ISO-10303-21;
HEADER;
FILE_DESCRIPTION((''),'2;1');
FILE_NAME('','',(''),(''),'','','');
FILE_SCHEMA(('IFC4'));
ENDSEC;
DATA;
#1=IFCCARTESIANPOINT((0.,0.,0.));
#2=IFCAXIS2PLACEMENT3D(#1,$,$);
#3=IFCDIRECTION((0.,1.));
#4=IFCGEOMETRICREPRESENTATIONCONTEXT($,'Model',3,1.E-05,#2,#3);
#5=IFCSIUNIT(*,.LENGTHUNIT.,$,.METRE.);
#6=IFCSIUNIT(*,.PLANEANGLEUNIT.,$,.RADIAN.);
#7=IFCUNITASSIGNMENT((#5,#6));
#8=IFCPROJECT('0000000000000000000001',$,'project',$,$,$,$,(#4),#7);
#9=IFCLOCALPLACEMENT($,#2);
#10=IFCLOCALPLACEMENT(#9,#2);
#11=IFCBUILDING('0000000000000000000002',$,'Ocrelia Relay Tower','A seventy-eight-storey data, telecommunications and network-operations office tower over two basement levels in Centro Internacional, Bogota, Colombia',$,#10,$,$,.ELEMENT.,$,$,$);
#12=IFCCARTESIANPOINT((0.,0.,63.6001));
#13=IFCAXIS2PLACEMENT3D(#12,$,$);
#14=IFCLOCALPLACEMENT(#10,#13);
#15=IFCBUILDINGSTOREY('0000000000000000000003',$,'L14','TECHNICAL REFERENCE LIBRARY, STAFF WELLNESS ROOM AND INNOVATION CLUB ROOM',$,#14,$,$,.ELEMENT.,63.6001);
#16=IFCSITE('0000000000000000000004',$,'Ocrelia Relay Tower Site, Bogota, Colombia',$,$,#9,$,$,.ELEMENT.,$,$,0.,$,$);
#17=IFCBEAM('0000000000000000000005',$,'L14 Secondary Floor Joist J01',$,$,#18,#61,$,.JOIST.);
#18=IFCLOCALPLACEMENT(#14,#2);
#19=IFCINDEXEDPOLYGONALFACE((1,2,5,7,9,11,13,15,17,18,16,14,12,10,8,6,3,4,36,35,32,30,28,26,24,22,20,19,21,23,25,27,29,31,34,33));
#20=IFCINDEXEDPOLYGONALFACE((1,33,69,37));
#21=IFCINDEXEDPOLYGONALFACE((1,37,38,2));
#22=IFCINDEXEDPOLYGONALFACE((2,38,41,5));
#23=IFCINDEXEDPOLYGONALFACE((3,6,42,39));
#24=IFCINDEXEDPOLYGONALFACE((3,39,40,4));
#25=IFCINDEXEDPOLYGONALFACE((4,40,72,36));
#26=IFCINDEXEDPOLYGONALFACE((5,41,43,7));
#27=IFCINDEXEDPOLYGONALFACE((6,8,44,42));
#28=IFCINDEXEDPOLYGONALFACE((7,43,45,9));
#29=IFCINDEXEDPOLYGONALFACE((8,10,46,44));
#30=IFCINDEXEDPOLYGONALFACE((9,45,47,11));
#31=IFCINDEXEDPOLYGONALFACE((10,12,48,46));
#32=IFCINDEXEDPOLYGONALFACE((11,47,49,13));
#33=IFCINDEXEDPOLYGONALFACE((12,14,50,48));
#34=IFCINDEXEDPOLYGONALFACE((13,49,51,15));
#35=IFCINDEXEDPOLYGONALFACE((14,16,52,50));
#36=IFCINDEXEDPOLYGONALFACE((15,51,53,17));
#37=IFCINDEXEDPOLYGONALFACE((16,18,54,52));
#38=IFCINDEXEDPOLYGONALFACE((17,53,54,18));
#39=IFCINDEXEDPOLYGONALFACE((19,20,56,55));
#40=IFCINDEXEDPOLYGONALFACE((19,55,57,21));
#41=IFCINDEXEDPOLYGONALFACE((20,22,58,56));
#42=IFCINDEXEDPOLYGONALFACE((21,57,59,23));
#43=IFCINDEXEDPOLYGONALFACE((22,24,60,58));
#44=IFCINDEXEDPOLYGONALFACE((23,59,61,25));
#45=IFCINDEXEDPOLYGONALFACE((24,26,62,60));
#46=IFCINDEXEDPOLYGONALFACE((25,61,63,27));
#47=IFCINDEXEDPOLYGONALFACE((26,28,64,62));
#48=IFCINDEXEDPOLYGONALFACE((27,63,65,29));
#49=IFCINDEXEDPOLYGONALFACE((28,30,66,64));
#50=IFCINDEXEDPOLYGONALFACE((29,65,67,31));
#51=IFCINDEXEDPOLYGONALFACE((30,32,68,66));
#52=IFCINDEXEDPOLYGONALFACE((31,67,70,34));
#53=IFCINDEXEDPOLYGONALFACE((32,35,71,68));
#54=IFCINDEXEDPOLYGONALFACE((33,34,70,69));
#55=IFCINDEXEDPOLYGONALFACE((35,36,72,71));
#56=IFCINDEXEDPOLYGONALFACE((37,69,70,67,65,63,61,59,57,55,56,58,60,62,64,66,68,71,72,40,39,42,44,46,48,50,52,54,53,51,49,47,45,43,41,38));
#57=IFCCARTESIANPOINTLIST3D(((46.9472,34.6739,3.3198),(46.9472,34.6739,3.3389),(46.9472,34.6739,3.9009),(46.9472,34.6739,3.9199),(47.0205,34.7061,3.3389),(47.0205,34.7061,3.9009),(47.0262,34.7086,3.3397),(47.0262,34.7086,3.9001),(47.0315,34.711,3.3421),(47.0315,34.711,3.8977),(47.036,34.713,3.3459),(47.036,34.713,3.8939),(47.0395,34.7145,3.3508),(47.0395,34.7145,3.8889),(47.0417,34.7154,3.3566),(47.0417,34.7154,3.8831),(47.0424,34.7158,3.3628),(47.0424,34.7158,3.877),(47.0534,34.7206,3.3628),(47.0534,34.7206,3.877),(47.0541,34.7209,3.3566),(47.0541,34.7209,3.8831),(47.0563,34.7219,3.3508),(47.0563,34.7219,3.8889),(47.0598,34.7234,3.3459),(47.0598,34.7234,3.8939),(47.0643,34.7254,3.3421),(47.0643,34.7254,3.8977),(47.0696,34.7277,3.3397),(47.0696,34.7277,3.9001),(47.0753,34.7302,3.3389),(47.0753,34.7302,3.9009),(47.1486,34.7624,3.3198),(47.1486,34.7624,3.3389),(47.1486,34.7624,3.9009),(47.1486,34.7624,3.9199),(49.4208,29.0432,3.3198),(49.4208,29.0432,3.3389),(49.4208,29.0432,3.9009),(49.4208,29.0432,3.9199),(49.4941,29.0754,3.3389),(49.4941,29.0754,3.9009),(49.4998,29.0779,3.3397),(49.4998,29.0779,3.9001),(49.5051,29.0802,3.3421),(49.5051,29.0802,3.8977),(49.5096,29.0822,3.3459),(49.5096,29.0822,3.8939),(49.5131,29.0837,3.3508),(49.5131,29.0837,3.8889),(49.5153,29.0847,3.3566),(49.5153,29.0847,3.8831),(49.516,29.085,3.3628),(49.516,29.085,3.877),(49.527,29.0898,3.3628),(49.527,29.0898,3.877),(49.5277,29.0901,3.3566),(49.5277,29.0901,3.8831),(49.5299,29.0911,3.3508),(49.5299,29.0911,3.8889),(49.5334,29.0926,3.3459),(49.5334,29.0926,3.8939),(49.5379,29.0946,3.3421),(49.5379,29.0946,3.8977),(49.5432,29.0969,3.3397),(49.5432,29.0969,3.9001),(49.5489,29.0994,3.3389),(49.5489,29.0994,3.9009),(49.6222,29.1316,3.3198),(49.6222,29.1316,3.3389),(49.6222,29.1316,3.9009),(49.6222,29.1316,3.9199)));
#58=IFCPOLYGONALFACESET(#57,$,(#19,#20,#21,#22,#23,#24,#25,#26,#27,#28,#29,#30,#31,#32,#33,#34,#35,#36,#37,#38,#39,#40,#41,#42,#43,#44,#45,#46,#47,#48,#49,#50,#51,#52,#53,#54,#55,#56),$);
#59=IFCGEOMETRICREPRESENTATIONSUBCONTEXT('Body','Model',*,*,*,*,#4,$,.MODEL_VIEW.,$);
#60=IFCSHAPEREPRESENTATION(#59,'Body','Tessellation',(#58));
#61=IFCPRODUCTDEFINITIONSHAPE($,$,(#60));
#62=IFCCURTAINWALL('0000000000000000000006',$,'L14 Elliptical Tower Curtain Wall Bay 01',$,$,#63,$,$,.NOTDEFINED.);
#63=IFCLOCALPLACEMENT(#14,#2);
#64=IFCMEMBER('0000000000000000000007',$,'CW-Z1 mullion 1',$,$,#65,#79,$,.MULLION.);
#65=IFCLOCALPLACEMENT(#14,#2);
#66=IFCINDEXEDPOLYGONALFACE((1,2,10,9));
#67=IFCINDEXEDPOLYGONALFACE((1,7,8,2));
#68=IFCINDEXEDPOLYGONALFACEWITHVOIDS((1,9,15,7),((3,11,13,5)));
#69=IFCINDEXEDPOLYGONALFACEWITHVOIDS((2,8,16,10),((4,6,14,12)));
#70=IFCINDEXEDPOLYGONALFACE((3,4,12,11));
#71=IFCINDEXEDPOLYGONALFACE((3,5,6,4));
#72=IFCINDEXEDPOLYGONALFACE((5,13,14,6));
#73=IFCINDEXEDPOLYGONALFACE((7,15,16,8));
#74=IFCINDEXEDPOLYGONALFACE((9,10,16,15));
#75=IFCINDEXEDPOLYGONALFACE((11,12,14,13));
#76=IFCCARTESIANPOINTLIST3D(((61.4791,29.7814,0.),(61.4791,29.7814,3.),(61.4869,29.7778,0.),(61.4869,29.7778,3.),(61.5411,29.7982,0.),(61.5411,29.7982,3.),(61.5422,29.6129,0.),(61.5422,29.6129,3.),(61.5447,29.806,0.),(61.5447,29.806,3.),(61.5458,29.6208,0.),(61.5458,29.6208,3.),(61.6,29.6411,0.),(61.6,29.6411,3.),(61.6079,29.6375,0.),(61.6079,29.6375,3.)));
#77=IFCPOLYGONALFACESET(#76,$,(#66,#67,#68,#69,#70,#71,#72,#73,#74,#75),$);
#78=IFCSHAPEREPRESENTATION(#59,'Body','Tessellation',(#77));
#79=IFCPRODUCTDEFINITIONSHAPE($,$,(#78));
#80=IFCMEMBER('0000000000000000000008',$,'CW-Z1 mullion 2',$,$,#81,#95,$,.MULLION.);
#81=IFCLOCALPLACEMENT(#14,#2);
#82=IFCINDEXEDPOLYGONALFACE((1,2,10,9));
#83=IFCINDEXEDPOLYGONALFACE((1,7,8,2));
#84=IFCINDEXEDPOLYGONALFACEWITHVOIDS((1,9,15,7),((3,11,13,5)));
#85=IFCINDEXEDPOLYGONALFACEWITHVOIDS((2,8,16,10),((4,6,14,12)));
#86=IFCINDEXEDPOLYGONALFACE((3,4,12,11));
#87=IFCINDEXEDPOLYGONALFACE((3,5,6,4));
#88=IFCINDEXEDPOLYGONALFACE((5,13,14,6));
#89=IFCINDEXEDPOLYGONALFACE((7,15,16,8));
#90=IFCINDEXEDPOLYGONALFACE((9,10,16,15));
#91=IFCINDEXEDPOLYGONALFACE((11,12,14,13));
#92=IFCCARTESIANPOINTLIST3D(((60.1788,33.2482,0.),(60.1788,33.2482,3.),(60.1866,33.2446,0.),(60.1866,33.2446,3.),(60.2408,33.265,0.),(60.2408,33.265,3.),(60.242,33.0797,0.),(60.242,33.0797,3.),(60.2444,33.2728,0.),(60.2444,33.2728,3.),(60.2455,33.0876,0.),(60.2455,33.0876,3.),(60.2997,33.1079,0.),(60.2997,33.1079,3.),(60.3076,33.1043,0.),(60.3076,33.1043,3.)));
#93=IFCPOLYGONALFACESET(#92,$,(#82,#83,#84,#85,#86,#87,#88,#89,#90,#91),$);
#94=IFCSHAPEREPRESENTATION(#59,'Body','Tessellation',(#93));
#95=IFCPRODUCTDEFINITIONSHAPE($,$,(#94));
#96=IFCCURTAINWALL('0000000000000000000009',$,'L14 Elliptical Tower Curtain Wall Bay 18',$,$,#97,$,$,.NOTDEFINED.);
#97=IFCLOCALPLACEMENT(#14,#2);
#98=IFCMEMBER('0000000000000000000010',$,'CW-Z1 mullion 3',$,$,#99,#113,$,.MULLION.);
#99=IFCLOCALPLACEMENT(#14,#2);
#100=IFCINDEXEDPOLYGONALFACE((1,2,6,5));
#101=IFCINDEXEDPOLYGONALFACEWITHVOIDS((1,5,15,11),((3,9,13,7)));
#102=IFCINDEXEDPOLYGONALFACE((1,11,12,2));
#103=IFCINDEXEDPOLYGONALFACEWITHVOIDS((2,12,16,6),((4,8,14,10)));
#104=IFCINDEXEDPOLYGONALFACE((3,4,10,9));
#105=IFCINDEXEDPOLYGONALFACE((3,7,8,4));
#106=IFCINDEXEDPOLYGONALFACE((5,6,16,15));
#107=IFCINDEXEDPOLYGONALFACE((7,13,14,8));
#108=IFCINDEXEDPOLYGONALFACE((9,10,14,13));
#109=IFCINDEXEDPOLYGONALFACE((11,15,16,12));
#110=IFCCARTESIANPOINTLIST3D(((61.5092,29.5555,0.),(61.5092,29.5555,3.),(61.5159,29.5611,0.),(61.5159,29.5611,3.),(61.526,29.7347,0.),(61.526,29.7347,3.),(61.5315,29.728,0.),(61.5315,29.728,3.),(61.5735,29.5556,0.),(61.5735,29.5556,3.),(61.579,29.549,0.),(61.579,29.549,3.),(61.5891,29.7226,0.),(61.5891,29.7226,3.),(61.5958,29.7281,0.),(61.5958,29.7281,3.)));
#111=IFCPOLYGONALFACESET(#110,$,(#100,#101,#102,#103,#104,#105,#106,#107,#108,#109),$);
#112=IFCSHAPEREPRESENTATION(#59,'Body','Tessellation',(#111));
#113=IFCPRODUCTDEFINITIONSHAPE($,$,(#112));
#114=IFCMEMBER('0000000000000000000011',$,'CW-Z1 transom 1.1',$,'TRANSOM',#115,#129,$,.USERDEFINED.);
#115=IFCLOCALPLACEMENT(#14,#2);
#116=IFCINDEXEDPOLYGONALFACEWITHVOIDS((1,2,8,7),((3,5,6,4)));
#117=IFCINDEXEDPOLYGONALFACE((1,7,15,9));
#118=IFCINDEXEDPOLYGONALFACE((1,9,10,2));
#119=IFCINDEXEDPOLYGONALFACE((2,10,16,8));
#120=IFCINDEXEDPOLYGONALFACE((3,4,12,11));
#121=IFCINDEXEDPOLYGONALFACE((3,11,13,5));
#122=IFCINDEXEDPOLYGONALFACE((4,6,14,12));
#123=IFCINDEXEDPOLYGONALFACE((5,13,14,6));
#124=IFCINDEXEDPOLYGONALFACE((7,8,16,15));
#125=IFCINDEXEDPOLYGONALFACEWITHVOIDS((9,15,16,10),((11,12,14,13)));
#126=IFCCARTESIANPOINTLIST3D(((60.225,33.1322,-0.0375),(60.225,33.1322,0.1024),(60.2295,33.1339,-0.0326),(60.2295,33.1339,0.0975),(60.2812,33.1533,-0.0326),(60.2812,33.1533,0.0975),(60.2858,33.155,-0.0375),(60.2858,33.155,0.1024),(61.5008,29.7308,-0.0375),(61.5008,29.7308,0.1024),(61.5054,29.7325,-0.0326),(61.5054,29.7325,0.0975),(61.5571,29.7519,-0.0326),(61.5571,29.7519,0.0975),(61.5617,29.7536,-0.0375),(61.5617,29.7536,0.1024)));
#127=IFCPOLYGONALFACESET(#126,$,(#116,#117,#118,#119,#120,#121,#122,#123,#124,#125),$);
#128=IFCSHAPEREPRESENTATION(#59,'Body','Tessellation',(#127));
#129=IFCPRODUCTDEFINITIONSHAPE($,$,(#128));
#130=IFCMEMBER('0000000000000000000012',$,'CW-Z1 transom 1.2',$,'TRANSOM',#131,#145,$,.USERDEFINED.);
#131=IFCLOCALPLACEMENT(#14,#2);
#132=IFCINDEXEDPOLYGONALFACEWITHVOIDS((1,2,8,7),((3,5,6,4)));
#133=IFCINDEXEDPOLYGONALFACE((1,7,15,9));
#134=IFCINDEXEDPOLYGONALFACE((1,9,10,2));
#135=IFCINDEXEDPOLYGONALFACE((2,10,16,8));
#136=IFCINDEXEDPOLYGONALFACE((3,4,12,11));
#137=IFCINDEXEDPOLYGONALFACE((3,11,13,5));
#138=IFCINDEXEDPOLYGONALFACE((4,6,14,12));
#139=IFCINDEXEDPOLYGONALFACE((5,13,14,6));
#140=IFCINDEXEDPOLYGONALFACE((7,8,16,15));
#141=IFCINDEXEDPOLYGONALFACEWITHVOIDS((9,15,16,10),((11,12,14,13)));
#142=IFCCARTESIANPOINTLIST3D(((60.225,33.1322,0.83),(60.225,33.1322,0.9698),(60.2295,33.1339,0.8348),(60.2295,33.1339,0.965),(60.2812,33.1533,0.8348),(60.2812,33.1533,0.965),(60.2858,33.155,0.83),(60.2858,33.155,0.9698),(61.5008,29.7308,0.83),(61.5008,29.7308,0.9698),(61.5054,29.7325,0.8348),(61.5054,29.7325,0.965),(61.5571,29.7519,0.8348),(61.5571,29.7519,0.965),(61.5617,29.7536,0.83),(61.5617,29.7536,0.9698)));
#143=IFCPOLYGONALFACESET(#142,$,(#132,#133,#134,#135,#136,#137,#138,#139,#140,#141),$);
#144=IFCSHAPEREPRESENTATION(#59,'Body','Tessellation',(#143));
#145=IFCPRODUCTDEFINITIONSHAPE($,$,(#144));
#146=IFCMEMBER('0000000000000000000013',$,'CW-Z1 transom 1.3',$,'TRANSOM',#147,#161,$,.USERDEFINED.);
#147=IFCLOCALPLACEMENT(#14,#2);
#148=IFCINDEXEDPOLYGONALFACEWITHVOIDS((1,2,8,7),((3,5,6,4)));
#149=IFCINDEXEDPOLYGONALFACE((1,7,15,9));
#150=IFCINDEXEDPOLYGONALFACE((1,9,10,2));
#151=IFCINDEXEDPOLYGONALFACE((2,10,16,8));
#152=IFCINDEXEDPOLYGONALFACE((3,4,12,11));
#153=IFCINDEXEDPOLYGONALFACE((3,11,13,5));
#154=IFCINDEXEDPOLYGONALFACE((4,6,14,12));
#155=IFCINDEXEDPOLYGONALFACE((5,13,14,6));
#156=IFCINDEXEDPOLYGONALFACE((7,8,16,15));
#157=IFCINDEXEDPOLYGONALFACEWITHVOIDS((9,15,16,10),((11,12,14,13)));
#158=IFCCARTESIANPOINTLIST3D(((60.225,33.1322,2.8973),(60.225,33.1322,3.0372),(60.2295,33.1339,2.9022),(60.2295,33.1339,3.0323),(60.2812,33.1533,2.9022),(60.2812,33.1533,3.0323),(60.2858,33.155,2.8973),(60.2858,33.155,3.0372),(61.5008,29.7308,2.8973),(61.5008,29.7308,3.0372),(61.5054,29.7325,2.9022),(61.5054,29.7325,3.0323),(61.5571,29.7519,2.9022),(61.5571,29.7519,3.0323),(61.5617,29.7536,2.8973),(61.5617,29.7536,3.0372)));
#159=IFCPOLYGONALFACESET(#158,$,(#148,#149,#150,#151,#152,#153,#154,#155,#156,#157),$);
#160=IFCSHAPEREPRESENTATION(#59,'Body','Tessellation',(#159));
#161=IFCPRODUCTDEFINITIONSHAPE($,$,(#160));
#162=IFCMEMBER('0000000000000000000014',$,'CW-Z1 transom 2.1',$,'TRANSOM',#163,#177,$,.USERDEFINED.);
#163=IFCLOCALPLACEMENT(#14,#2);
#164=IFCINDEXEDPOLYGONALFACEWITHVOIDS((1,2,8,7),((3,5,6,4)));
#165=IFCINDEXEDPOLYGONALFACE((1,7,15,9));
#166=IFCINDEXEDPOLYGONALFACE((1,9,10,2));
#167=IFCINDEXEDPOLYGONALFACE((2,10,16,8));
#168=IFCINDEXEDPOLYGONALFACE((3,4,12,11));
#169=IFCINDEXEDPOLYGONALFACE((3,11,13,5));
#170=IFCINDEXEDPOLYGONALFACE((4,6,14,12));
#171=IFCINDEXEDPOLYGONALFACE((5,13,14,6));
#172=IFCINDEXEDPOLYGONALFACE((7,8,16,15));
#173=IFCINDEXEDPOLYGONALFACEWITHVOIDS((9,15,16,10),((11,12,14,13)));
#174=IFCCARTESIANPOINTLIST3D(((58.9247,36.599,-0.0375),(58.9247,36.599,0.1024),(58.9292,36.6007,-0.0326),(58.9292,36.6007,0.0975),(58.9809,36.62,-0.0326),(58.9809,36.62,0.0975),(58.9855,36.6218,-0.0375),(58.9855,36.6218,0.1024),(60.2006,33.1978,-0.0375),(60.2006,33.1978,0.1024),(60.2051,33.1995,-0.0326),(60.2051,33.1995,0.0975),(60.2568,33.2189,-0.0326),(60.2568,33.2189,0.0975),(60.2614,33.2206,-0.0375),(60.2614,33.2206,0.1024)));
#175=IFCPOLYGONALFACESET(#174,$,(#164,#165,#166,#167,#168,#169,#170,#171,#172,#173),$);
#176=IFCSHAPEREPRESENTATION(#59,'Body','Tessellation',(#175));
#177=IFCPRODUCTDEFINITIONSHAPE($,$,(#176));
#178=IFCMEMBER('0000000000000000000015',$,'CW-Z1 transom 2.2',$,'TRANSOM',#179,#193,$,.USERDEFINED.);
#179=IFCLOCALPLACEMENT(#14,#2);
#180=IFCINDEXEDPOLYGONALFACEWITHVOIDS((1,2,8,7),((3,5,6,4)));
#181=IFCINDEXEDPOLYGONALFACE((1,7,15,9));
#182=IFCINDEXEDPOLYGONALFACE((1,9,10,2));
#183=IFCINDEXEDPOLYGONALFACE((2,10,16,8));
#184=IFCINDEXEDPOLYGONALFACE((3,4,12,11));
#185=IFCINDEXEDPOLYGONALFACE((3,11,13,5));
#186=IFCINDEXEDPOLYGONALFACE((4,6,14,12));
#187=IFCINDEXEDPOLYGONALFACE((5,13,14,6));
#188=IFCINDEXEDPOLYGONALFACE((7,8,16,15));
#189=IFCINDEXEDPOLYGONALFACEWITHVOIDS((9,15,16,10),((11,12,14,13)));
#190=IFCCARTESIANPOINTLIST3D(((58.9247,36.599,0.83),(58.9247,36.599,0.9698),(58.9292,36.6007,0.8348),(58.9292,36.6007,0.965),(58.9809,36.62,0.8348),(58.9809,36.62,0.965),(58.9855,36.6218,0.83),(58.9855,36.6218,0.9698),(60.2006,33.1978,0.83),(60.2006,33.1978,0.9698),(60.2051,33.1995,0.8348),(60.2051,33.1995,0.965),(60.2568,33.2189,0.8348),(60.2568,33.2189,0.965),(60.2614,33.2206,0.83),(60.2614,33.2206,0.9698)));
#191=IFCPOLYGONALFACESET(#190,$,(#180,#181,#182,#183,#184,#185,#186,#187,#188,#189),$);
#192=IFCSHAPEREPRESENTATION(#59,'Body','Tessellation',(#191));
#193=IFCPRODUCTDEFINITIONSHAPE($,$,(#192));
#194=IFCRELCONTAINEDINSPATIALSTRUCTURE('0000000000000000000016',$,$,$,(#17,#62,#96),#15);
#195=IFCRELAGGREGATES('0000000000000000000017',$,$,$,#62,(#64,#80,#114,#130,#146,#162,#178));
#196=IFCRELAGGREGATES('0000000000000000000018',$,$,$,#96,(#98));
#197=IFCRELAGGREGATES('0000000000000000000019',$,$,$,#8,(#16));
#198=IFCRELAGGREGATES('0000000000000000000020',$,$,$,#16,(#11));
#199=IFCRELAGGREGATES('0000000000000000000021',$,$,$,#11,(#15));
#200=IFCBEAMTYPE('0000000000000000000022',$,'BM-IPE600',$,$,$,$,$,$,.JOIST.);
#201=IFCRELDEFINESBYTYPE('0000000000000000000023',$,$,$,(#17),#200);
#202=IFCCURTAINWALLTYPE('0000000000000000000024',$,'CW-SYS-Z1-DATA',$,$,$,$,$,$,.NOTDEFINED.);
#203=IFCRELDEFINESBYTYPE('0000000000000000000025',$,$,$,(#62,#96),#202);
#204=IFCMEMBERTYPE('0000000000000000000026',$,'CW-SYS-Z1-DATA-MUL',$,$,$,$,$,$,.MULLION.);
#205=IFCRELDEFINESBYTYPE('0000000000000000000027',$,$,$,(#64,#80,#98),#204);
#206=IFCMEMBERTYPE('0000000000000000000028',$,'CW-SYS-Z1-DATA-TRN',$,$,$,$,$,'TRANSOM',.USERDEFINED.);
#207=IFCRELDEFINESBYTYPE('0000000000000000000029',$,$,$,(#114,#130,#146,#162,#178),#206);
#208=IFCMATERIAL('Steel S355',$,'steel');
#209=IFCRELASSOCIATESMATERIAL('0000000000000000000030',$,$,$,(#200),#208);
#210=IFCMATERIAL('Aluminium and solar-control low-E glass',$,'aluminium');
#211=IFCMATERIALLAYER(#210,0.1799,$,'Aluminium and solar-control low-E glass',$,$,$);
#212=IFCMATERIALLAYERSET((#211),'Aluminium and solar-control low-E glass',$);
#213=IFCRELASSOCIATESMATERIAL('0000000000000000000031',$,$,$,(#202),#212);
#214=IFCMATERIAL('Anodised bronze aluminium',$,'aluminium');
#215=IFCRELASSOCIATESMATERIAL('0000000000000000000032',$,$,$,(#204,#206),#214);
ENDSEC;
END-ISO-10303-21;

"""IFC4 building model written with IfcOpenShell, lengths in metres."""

from ifc_helpers import new_model, si_unit, direction, frame, origin, origin_2d, place, context, subcontext, project, spatial, hollow_rectangle, i_section, extrude, material, layer, layer_set, material_profile, profile_set, type_object, element, aggregate, save


model = new_model("IFC4")

# Units and contexts
model_context = context("Model", 3, precision=1e-05, world=origin(), true_north=direction((0.0, 1.0)))
body_context = subcontext(model_context, "Body", "Model", "MODEL_VIEW")
ifc_project = project(units=[si_unit("LENGTHUNIT", "METRE"), si_unit("PLANEANGLEUNIT", "RADIAN")], contexts=[model_context])

# Site, building, storey
site_placement = place(None, origin())
site = spatial("IfcSite", under=ifc_project, at=site_placement, Name="Ocrelia Relay Tower Site, Bogota, Colombia", CompositionType="ELEMENT", RefElevation=0.0)
building_placement = place(site_placement, origin())
building = spatial("IfcBuilding", under=site, at=building_placement, Name="Ocrelia Relay Tower", Description="A seventy-eight-storey data, telecommunications and network-operations office tower over two basement levels in Centro Internacional, Bogota, Colombia", CompositionType="ELEMENT")
storey_placement = place(building_placement, frame((0.0, 0.0, 63.6001)))
storey = spatial("IfcBuildingStorey", under=building, at=storey_placement, Name="L14", Description="TECHNICAL REFERENCE LIBRARY, STAFF WELLNESS ROOM AND INNOVATION CLUB ROOM", CompositionType="ELEMENT", Elevation=63.6001)

# Beam
ifc_material_1 = material(Name="Steel S355", Category="steel")
ifc_material_profile_1 = material_profile(ifc_material_1, i_section(OverallWidth=0.22, OverallDepth=0.6001, WebThickness=0.012, FlangeThickness=0.019, FilletRadius=0.0239, at=origin_2d()), Name="IPE 600")
ifc_profile_set_1 = profile_set([ifc_material_profile_1], Name="Steel S355")
beam_type_1 = type_object("IfcBeamType", Name="BM-IPE600", PredefinedType="JOIST", material=ifc_profile_set_1)
beam_1_placement = place(storey_placement, frame((49.5215, 29.0874, 3.6199), z_axis=(-0.402201, 0.915551, 0.0), x_axis=(-0.915551, -0.402201, 0.0)))
element("IfcBeam", 1, at=beam_1_placement, inside=storey, type_object=beam_type_1, Name="L14 Secondary Floor Joist J01", PredefinedType="JOIST", context=body_context, shape_type="SweptSolid", body=[
    extrude(i_section(OverallWidth=0.22, OverallDepth=0.6001, WebThickness=0.012, FlangeThickness=0.019, FilletRadius=0.0239, at=origin_2d()), origin(), (0.0, 0.0, 1.0), 6.1501),
])

# Curtain wall, members
ifc_material_2 = material(Name="Aluminium and solar-control low-E glass", Category="aluminium")
ifc_layer_1 = layer(ifc_material_2, 0.1799, Name="Aluminium and solar-control low-E glass")
ifc_layer_set_1 = layer_set([ifc_layer_1], Name="Aluminium and solar-control low-E glass")
curtain_wall_type = type_object("IfcCurtainWallType", Name="CW-SYS-Z1-DATA", PredefinedType="NOTDEFINED", material=ifc_layer_set_1)
curtain_wall_1_placement = place(storey_placement, origin())
curtain_wall_1 = element("IfcCurtainWall", 2, at=curtain_wall_1_placement, inside=storey, type_object=curtain_wall_type, Name="L14 Elliptical Tower Curtain Wall Bay 01", PredefinedType="NOTDEFINED")
ifc_material_3 = material(Name="Anodised bronze aluminium", Category="aluminium")
ifc_material_profile_2 = material_profile(ifc_material_3, hollow_rectangle(XDim=0.0701, YDim=0.1799, WallThickness=0.0061, at=origin_2d()), Name="CW-MUL-180x70")
ifc_profile_set_2 = profile_set([ifc_material_profile_2], Name="Anodised bronze aluminium")
member_type_1 = type_object("IfcMemberType", Name="CW-SYS-Z1-DATA-MUL", PredefinedType="MULLION", material=ifc_profile_set_2)
member_1_placement = place(storey_placement, frame((61.5435, 29.7095, 0.0), z_axis=(0.0, 0.0, 1.0), x_axis=(-0.936304, -0.351189, 0.0)))
member_1 = element("IfcMember", 3, at=member_1_placement, type_object=member_type_1, Name="CW-Z1 mullion 1", PredefinedType="MULLION", context=body_context, shape_type="SweptSolid", body=[
    extrude(hollow_rectangle(XDim=0.0701, YDim=0.1799, WallThickness=0.0061, at=origin_2d()), origin(), (0.0, 0.0, 1.0), 3.0),
])
member_2_placement = place(storey_placement, frame((60.2432, 33.1763, 0.0), z_axis=(0.0, 0.0, 1.0), x_axis=(-0.936304, -0.351189, 0.0)))
member_2 = element("IfcMember", 4, at=member_2_placement, type_object=member_type_1, Name="CW-Z1 mullion 2", PredefinedType="MULLION", context=body_context, shape_type="SweptSolid", body=[
    extrude(hollow_rectangle(XDim=0.0701, YDim=0.1799, WallThickness=0.0061, at=origin_2d()), origin(), (0.0, 0.0, 1.0), 3.0),
])

# Curtain wall, member
curtain_wall_2_placement = place(storey_placement, origin())
curtain_wall_2 = element("IfcCurtainWall", 5, at=curtain_wall_2_placement, inside=storey, type_object=curtain_wall_type, Name="L14 Elliptical Tower Curtain Wall Bay 18", PredefinedType="NOTDEFINED")
member_3_placement = place(storey_placement, frame((61.5525, 29.6418, 0.0), z_axis=(0.0, 0.0, 1.0), x_axis=(-0.995627, 0.093413, 0.0)))
member_3 = element("IfcMember", 6, at=member_3_placement, type_object=member_type_1, Name="CW-Z1 mullion 3", PredefinedType="MULLION", context=body_context, shape_type="SweptSolid", body=[
    extrude(hollow_rectangle(XDim=0.0701, YDim=0.1799, WallThickness=0.0061, at=origin_2d()), origin(), (0.0, 0.0, 1.0), 3.0),
])

# Members
ifc_material_profile_3 = material_profile(ifc_material_3, hollow_rectangle(XDim=0.0649, YDim=0.1399, WallThickness=0.0049, at=origin_2d()), Name="CW-TRN-140x65")
ifc_profile_set_3 = profile_set([ifc_material_profile_3], Name="Anodised bronze aluminium")
member_type_2 = type_object("IfcMemberType", Name="CW-SYS-Z1-DATA-TRN", ElementType="TRANSOM", PredefinedType="USERDEFINED", material=ifc_profile_set_3)
member_4_placement = place(storey_placement, frame((61.5312, 29.7422, 0.0325), z_axis=(-0.351212, 0.936296, 0.0), x_axis=(-0.936296, -0.351212, 0.0)))
member_4 = element("IfcMember", 7, at=member_4_placement, type_object=member_type_2, Name="CW-Z1 transom 1.1", ObjectType="TRANSOM", PredefinedType="USERDEFINED", context=body_context, shape_type="SweptSolid", body=[
    extrude(hollow_rectangle(XDim=0.0649, YDim=0.1399, WallThickness=0.0049, at=origin_2d()), origin(), (0.0, 0.0, 1.0), 3.6328),
])
member_5_placement = place(storey_placement, frame((61.5312, 29.7422, 0.8999), z_axis=(-0.351212, 0.936296, 0.0), x_axis=(-0.936296, -0.351212, 0.0)))
member_5 = element("IfcMember", 8, at=member_5_placement, type_object=member_type_2, Name="CW-Z1 transom 1.2", ObjectType="TRANSOM", PredefinedType="USERDEFINED", context=body_context, shape_type="SweptSolid", body=[
    extrude(hollow_rectangle(XDim=0.0649, YDim=0.1399, WallThickness=0.0049, at=origin_2d()), origin(), (0.0, 0.0, 1.0), 3.6328),
])
member_6_placement = place(storey_placement, frame((61.5312, 29.7422, 2.9673), z_axis=(-0.351212, 0.936296, 0.0), x_axis=(-0.936296, -0.351212, 0.0)))
member_6 = element("IfcMember", 9, at=member_6_placement, type_object=member_type_2, Name="CW-Z1 transom 1.3", ObjectType="TRANSOM", PredefinedType="USERDEFINED", context=body_context, shape_type="SweptSolid", body=[
    extrude(hollow_rectangle(XDim=0.0649, YDim=0.1399, WallThickness=0.0049, at=origin_2d()), origin(), (0.0, 0.0, 1.0), 3.6328),
])
member_7_placement = place(storey_placement, frame((60.231, 33.2092, 0.0325), z_axis=(-0.351234, 0.936288, 0.0), x_axis=(-0.936288, -0.351234, 0.0)))
member_7 = element("IfcMember", 10, at=member_7_placement, type_object=member_type_2, Name="CW-Z1 transom 2.1", ObjectType="TRANSOM", PredefinedType="USERDEFINED", context=body_context, shape_type="SweptSolid", body=[
    extrude(hollow_rectangle(XDim=0.0649, YDim=0.1399, WallThickness=0.0049, at=origin_2d()), origin(), (0.0, 0.0, 1.0), 3.6326),
])
member_8_placement = place(storey_placement, frame((60.231, 33.2092, 0.8999), z_axis=(-0.351234, 0.936288, 0.0), x_axis=(-0.936288, -0.351234, 0.0)))
member_8 = element("IfcMember", 11, at=member_8_placement, type_object=member_type_2, Name="CW-Z1 transom 2.2", ObjectType="TRANSOM", PredefinedType="USERDEFINED", context=body_context, shape_type="SweptSolid", body=[
    extrude(hollow_rectangle(XDim=0.0649, YDim=0.1399, WallThickness=0.0049, at=origin_2d()), origin(), (0.0, 0.0, 1.0), 3.6326),
])

aggregate(curtain_wall_1, [member_1, member_2, member_4, member_5, member_6, member_7, member_8])
aggregate(curtain_wall_2, [member_3])

save(model, "model.ifc")
